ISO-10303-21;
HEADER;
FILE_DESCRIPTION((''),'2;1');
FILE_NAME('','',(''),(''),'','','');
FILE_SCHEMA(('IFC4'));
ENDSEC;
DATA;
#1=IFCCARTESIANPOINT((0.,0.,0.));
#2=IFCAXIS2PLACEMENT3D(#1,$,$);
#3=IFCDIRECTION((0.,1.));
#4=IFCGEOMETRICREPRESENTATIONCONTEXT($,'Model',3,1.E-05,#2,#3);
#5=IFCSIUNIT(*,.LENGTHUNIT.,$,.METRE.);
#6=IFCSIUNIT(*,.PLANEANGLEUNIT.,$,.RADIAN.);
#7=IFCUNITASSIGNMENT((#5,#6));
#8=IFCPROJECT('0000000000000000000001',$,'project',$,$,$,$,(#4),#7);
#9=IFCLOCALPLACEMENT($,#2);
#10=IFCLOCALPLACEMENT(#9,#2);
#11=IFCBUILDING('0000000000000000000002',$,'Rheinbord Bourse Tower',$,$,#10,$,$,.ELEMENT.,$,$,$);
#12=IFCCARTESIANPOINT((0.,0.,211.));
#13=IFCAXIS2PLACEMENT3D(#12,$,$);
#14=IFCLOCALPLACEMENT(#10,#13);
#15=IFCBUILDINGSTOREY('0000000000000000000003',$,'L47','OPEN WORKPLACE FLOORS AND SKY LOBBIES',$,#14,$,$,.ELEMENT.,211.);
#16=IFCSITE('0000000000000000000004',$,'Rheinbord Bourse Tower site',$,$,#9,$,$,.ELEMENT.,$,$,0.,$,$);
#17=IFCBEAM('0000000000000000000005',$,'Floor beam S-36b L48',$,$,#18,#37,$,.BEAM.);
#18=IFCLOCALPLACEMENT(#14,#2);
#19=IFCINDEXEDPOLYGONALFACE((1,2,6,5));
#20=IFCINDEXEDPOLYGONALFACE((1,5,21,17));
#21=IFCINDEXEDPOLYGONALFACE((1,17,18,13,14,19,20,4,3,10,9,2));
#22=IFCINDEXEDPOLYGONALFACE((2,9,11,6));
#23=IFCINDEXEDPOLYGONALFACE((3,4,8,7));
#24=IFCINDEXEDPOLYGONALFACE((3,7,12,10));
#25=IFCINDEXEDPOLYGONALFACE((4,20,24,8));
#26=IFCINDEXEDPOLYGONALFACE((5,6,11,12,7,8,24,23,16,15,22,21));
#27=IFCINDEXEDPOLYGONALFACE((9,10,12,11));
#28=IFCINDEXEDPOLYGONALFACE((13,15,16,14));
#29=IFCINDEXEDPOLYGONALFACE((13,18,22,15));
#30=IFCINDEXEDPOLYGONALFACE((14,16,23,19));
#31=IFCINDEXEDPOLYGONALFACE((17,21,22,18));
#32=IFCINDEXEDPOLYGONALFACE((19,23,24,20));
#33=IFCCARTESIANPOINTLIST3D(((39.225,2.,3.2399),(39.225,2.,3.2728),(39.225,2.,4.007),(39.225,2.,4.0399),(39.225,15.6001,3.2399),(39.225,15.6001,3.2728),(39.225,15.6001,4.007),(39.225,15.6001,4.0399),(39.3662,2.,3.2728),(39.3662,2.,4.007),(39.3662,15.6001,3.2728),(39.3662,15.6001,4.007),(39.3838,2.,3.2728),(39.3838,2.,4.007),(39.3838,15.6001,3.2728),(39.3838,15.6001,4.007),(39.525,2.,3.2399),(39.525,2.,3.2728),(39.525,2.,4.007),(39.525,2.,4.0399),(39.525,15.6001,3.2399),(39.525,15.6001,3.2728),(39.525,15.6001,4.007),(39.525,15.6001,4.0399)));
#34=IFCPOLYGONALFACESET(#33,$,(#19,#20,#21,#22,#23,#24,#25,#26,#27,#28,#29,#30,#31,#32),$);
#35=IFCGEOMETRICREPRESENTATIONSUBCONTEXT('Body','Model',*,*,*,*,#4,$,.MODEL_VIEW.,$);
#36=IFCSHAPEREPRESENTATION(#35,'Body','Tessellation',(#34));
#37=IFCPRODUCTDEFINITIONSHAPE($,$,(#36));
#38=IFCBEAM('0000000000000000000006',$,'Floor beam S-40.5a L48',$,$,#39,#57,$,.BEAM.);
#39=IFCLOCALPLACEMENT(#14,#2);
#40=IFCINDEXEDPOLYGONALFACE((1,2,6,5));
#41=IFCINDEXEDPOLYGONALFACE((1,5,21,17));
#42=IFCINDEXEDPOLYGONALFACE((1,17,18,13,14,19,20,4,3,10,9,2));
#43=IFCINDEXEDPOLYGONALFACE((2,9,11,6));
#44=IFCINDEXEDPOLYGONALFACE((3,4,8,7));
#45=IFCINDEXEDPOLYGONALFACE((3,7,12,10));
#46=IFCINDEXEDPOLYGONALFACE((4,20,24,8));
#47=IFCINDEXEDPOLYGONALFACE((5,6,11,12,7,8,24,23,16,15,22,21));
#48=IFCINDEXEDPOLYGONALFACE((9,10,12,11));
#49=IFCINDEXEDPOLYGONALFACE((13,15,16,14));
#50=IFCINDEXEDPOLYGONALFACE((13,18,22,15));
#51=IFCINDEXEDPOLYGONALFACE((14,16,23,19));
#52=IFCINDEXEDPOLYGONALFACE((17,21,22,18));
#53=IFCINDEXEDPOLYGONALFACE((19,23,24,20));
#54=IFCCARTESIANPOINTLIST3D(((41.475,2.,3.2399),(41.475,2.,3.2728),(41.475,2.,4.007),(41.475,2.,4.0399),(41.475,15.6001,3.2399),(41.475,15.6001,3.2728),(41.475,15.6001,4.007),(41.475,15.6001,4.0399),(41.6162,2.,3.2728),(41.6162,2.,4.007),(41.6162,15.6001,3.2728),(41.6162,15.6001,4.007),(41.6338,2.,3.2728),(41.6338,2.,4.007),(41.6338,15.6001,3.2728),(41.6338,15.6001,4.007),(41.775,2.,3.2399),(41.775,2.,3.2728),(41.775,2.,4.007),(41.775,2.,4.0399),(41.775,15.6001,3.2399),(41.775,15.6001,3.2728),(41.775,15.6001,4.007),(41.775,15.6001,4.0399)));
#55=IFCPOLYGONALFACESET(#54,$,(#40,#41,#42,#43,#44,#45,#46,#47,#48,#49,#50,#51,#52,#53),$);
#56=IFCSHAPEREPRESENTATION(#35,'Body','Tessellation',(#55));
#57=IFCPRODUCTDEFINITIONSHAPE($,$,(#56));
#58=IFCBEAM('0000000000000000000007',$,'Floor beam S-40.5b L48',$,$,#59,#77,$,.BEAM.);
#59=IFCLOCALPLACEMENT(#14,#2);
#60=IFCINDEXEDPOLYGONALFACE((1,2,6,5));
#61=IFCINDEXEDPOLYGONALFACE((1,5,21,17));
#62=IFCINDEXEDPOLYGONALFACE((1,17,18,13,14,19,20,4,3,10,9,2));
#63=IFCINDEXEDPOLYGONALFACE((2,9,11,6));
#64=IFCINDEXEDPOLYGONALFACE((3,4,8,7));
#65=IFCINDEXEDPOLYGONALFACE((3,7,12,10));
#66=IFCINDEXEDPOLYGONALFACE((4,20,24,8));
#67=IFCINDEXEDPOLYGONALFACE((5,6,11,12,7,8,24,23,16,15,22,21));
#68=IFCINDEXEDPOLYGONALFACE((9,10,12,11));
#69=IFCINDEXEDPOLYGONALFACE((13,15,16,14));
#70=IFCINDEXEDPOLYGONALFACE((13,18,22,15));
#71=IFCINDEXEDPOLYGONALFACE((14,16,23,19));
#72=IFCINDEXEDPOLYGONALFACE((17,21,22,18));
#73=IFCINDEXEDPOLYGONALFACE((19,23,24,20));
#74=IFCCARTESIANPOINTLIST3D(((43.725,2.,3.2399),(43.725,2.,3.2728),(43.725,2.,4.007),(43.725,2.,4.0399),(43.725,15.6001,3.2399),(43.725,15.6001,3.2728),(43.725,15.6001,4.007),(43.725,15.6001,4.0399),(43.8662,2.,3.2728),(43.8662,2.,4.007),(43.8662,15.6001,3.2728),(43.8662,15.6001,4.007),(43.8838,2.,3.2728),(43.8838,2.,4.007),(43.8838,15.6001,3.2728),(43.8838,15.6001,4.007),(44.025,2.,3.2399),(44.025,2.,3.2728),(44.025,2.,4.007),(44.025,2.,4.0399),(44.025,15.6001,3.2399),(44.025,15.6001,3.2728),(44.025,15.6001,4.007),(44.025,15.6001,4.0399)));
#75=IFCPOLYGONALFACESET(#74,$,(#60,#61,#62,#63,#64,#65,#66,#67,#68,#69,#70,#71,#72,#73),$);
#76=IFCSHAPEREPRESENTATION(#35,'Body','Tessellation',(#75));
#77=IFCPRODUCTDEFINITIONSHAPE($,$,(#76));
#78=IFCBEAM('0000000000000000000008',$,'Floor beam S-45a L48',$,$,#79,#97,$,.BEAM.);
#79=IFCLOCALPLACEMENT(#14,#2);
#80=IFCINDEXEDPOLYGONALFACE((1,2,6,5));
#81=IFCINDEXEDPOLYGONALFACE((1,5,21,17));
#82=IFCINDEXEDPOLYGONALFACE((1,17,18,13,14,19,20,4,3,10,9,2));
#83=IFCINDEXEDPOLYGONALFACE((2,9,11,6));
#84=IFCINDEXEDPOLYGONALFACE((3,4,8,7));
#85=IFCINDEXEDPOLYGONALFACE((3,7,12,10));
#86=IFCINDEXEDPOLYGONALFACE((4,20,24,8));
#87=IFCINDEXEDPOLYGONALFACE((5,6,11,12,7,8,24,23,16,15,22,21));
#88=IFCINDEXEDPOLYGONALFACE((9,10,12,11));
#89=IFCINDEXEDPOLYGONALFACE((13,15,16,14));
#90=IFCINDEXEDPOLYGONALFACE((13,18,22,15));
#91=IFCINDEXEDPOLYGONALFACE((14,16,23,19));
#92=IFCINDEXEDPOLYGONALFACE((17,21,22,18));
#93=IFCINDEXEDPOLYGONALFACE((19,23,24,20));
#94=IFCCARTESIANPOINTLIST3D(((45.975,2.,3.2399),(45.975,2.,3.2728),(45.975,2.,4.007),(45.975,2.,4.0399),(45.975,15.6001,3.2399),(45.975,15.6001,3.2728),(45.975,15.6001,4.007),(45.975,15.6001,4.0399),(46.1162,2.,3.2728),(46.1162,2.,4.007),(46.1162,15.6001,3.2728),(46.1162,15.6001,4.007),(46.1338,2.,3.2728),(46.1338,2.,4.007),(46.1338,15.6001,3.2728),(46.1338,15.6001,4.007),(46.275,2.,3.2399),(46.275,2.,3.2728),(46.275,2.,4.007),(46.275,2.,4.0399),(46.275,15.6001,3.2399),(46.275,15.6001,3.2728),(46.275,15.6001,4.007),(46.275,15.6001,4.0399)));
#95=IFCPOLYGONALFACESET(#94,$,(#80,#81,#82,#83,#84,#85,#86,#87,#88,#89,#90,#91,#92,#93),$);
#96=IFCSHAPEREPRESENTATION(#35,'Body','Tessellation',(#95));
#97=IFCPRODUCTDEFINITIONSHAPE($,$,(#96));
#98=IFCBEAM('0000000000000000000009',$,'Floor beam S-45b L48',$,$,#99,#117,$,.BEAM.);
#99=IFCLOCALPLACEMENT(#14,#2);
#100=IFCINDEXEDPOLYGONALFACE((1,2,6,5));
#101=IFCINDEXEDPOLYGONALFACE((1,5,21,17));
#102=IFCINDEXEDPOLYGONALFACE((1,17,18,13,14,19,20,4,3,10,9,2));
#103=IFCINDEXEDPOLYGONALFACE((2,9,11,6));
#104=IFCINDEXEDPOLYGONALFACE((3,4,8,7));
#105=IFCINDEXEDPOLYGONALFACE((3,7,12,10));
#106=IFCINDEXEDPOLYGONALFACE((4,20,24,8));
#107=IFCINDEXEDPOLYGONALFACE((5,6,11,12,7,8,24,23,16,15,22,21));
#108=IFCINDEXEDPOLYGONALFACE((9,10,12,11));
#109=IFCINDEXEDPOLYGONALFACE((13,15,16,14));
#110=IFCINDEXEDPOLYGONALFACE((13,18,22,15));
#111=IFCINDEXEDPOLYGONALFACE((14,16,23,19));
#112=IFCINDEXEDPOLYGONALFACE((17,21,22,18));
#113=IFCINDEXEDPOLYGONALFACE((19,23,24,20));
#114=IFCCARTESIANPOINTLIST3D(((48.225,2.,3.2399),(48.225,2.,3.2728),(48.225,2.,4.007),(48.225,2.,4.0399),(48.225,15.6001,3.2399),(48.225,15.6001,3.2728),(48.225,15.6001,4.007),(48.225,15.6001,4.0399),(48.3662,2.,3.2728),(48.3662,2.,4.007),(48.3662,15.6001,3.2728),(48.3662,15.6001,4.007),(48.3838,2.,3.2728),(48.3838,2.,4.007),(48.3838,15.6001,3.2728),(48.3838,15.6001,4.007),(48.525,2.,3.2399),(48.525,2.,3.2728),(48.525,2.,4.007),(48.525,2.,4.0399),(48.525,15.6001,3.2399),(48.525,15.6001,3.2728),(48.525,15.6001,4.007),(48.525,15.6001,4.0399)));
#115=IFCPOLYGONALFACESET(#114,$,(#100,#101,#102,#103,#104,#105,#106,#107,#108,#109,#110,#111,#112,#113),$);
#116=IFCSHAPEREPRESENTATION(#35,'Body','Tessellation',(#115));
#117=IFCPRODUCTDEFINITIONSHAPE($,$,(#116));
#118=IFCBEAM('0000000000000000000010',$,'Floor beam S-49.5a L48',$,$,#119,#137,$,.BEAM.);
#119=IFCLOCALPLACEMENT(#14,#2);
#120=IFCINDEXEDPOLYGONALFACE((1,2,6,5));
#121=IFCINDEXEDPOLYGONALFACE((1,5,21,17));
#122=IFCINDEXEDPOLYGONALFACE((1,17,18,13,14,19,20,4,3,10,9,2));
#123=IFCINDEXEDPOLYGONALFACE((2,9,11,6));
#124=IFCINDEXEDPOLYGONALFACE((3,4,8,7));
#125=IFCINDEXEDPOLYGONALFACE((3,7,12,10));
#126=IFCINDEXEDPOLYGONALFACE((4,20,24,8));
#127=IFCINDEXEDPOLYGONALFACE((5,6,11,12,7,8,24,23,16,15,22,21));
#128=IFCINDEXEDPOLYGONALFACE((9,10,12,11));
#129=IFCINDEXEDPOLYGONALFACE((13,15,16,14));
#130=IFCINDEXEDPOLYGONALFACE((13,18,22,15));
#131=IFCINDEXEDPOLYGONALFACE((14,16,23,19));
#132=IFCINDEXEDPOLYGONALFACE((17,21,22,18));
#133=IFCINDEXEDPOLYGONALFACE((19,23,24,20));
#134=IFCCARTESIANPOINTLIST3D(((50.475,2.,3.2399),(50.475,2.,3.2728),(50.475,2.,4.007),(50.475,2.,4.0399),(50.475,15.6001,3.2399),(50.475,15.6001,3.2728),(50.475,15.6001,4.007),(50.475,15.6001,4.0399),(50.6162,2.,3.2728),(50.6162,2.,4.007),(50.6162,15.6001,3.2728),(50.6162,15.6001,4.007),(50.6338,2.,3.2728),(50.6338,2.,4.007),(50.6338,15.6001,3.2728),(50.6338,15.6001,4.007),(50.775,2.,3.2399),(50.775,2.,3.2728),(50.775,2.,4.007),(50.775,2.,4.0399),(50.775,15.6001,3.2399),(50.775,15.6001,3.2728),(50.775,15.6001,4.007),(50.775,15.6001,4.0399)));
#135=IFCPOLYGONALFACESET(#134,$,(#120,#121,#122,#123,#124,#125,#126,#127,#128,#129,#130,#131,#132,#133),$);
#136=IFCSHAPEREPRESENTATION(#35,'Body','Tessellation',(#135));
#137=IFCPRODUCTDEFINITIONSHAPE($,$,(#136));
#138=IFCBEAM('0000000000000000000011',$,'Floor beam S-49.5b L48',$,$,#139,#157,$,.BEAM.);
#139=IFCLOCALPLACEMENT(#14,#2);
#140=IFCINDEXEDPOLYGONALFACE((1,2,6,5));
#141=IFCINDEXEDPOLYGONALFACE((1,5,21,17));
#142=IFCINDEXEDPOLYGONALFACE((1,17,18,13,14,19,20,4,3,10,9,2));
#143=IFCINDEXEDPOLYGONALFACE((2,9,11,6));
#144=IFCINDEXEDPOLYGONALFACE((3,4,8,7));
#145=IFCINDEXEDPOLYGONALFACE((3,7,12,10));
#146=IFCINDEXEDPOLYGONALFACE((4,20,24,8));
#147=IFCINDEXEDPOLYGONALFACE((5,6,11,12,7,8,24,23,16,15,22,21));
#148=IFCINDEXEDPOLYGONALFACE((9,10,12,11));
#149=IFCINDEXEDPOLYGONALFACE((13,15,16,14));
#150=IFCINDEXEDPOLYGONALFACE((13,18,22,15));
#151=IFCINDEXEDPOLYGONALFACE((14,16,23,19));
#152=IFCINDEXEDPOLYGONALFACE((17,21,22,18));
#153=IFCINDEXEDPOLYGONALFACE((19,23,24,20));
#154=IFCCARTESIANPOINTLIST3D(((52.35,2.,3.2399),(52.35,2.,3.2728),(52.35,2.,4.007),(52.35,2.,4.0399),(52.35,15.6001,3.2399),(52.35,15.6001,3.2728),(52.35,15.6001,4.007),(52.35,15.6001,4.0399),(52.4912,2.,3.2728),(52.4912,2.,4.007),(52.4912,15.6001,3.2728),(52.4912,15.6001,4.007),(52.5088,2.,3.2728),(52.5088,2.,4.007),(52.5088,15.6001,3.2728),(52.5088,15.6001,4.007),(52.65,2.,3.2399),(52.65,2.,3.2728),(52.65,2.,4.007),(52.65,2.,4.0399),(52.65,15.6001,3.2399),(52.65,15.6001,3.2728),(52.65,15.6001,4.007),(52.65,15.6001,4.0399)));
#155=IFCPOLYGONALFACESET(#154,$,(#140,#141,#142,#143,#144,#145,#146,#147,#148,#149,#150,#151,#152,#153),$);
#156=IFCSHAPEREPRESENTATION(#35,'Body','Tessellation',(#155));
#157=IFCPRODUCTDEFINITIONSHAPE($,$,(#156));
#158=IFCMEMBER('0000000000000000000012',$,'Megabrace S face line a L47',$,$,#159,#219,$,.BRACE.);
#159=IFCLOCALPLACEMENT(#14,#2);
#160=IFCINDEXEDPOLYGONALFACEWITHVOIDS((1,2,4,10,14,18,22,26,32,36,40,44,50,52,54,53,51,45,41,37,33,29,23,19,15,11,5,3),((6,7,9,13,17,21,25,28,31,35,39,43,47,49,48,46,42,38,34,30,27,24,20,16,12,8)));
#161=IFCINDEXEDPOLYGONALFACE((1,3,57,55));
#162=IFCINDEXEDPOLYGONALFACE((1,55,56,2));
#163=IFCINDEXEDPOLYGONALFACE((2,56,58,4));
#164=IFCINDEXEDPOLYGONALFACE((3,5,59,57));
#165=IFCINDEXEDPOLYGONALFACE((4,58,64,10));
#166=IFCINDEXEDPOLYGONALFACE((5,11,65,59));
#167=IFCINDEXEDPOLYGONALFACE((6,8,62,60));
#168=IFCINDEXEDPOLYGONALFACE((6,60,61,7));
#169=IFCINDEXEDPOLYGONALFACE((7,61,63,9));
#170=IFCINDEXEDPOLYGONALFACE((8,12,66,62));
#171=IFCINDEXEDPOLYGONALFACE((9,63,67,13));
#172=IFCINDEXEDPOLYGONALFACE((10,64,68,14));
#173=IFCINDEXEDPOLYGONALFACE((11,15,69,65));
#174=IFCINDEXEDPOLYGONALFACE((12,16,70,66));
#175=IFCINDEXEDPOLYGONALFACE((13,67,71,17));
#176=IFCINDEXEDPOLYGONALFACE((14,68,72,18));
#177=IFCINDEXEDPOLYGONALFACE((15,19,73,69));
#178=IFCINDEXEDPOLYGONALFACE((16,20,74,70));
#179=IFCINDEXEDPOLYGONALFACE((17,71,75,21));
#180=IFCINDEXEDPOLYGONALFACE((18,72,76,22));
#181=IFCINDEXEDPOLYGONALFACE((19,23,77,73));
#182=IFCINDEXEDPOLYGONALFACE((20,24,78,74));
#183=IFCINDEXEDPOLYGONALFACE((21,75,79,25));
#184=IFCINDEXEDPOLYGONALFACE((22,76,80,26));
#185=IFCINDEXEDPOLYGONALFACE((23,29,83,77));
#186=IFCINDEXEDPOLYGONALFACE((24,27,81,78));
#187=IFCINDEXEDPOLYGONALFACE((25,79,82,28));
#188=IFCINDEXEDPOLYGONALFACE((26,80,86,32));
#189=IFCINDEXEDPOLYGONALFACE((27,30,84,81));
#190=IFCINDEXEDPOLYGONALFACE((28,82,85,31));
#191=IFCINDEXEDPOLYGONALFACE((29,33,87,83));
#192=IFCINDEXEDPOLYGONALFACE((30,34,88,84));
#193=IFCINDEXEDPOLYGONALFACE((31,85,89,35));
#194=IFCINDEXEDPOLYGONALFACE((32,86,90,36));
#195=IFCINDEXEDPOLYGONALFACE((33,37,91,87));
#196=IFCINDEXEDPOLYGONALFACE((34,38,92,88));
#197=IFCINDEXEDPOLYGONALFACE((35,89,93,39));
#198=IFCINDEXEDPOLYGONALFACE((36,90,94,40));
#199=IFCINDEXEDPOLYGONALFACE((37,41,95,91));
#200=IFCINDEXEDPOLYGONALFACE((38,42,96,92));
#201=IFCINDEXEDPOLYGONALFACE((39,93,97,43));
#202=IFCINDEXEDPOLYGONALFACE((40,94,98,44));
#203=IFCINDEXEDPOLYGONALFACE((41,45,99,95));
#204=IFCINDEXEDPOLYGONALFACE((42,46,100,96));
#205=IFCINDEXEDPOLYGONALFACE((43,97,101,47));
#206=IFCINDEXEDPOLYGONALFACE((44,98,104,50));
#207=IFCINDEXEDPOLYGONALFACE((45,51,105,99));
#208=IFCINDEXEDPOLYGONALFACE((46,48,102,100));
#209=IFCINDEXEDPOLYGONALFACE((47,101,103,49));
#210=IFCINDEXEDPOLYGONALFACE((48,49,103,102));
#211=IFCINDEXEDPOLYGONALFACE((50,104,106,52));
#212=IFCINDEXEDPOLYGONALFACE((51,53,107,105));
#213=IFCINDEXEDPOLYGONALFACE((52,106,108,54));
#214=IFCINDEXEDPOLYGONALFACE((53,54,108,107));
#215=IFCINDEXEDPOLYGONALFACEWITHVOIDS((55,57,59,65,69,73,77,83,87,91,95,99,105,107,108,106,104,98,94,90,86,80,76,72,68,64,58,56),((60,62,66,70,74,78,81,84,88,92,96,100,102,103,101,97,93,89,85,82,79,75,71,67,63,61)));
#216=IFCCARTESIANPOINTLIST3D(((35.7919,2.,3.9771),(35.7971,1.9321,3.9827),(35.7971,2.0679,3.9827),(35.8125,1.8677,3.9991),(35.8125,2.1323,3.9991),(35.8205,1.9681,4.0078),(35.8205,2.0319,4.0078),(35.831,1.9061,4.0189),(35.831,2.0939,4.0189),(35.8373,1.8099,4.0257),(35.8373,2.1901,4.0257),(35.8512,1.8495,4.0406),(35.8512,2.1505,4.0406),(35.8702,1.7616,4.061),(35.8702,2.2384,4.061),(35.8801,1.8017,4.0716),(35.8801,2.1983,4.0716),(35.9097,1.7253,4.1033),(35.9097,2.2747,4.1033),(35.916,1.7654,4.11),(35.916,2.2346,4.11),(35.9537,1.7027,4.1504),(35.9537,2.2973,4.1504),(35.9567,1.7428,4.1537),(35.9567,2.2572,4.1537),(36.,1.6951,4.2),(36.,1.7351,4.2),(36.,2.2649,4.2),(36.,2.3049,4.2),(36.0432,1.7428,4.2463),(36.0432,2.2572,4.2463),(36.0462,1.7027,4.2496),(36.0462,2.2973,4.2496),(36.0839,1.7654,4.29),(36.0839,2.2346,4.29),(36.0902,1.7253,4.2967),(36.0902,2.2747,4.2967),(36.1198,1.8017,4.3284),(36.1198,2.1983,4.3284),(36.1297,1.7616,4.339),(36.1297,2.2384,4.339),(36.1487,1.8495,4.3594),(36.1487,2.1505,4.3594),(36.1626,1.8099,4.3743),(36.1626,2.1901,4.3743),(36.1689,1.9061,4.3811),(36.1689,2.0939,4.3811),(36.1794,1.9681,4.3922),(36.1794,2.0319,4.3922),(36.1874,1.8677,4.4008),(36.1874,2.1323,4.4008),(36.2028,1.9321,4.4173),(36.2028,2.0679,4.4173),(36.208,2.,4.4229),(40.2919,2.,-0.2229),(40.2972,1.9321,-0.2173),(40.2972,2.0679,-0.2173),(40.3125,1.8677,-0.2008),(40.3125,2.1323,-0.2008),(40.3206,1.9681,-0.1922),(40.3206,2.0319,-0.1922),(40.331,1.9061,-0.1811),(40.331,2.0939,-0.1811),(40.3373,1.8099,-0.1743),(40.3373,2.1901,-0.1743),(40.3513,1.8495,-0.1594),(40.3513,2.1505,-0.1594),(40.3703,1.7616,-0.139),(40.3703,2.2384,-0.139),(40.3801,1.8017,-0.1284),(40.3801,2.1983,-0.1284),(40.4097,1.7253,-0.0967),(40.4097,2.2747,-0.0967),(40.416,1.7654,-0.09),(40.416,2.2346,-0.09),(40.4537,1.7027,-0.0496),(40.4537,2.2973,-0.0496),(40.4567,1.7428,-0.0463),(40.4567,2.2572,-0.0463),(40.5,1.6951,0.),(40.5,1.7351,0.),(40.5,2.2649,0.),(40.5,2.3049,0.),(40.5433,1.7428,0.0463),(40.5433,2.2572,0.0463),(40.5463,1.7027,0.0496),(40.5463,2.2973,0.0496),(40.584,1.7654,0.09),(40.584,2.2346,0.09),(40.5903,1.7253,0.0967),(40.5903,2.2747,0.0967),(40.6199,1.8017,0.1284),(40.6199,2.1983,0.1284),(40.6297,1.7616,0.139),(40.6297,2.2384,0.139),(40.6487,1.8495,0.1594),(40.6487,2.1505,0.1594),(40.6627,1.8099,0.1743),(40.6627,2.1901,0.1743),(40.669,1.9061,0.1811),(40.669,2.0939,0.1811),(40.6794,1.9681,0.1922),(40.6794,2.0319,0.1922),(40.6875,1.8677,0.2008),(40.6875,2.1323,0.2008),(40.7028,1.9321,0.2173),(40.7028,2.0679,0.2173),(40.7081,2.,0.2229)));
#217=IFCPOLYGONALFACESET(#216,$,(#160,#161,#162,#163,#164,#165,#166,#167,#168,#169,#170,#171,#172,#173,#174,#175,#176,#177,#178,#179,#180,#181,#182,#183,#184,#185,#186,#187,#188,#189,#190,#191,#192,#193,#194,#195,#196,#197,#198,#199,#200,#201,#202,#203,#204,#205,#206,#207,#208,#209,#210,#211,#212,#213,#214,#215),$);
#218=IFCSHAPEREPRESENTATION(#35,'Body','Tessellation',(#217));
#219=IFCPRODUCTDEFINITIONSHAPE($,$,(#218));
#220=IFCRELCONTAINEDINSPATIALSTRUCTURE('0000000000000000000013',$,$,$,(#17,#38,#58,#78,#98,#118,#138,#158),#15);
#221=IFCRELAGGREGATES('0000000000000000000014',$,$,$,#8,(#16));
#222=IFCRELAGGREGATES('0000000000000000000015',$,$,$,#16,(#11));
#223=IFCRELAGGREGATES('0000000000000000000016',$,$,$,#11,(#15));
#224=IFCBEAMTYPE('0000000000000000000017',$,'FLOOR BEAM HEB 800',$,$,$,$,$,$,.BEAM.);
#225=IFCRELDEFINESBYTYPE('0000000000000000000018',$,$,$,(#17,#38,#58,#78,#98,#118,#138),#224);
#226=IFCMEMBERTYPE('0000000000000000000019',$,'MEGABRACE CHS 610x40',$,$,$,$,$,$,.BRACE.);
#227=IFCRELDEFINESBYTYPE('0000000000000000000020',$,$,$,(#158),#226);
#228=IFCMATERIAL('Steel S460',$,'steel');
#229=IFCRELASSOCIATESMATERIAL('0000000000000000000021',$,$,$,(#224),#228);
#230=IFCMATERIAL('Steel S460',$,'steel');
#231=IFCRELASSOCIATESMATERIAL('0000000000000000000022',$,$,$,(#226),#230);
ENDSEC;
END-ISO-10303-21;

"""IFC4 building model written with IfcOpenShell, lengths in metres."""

from ifc_helpers import new_model, si_unit, direction, frame, origin, origin_2d, place, context, subcontext, project, spatial, hollow_circle, i_section, extrude, material, material_profile, profile_set, type_object, element, save


model = new_model("IFC4")

# Units and contexts
model_context = context("Model", 3, precision=1e-05, world=origin(), true_north=direction((0.0, 1.0)))
body_context = subcontext(model_context, "Body", "Model", "MODEL_VIEW")
ifc_project = project(units=[si_unit("LENGTHUNIT", "METRE"), si_unit("PLANEANGLEUNIT", "RADIAN")], contexts=[model_context])

# Site, building, storey
site_placement = place(None, origin())
site = spatial("IfcSite", under=ifc_project, at=site_placement, Name="Rheinbord Bourse Tower site", CompositionType="ELEMENT", RefElevation=0.0)
building_placement = place(site_placement, origin())
building = spatial("IfcBuilding", under=site, at=building_placement, Name="Rheinbord Bourse Tower", CompositionType="ELEMENT")
storey_placement = place(building_placement, frame((0.0, 0.0, 211.0)))
storey = spatial("IfcBuildingStorey", under=building, at=storey_placement, Name="L47", Description="OPEN WORKPLACE FLOORS AND SKY LOBBIES", CompositionType="ELEMENT", Elevation=211.0)

# Beams
ifc_material_1 = material(Name="Steel S460", Category="steel")
ifc_material_profile_1 = material_profile(ifc_material_1, i_section(OverallWidth=0.3, OverallDepth=0.8, WebThickness=0.0176, FlangeThickness=0.033, at=origin_2d()), Name="HEB 800")
ifc_profile_set_1 = profile_set([ifc_material_profile_1], Name="Steel S460")
beam_type_1 = type_object("IfcBeamType", Name="FLOOR BEAM HEB 800", PredefinedType="BEAM", material=ifc_profile_set_1)
for number, where, z_axis, x_axis, name in (
    (1, (39.375, 2.0, 3.6399), (0.0, 1.0, 0.0), (-1.0, 0.0, 0.0), "Floor beam S-36b L48"),
    (2, (41.625, 2.0, 3.6399), (0.0, 1.0, 0.0), (-1.0, 0.0, 0.0), "Floor beam S-40.5a L48"),
    (3, (43.875, 2.0, 3.6399), (0.0, 1.0, 0.0), (-1.0, 0.0, 0.0), "Floor beam S-40.5b L48"),
    (4, (46.125, 2.0, 3.6399), (0.0, 1.0, 0.0), (-1.0, 0.0, 0.0), "Floor beam S-45a L48"),
    (5, (48.375, 2.0, 3.6399), (0.0, 1.0, 0.0), (-1.0, 0.0, 0.0), "Floor beam S-45b L48"),
    (6, (50.625, 2.0, 3.6399), (0.0, 1.0, 0.0), (-1.0, 0.0, 0.0), "Floor beam S-49.5a L48"),
    (7, (52.5, 2.0, 3.6399), (0.0, 1.0, 0.0), (-1.0, 0.0, 0.0), "Floor beam S-49.5b L48"),
):
    element("IfcBeam", number, at=place(storey_placement, frame(where, z_axis=z_axis, x_axis=x_axis)), inside=storey, type_object=beam_type_1, Name=name, PredefinedType="BEAM", context=body_context, shape_type="SweptSolid", body=[
        extrude(i_section(OverallWidth=0.3, OverallDepth=0.8, WebThickness=0.0176, FlangeThickness=0.033, at=origin_2d()), origin(), (0.0, 0.0, 1.0), 13.6001),
    ])

# Member
ifc_material_2 = material(Name="Steel S460", Category="steel")
ifc_material_profile_2 = material_profile(ifc_material_2, hollow_circle(Radius=0.3049, WallThickness=0.04, at=origin_2d()), Name="CHS 610x40")
ifc_profile_set_2 = profile_set([ifc_material_profile_2], Name="Steel S460")
member_type_1 = type_object("IfcMemberType", Name="MEGABRACE CHS 610x40", PredefinedType="BRACE", material=ifc_profile_set_2)
member_1_placement = place(storey_placement, frame((40.5, 2.0, 0.0), z_axis=(-0.731059, 0.0, 0.682314), x_axis=(0.0, -1.0, 0.0)))
element("IfcMember", 8, at=member_1_placement, inside=storey, type_object=member_type_1, Name="Megabrace S face line a L47", PredefinedType="BRACE", context=body_context, shape_type="SweptSolid", body=[
    extrude(hollow_circle(Radius=0.3049, WallThickness=0.04, at=origin_2d()), origin(), (0.0, 0.0, 1.0), 6.1555),
])

save(model, "model.ifc")
